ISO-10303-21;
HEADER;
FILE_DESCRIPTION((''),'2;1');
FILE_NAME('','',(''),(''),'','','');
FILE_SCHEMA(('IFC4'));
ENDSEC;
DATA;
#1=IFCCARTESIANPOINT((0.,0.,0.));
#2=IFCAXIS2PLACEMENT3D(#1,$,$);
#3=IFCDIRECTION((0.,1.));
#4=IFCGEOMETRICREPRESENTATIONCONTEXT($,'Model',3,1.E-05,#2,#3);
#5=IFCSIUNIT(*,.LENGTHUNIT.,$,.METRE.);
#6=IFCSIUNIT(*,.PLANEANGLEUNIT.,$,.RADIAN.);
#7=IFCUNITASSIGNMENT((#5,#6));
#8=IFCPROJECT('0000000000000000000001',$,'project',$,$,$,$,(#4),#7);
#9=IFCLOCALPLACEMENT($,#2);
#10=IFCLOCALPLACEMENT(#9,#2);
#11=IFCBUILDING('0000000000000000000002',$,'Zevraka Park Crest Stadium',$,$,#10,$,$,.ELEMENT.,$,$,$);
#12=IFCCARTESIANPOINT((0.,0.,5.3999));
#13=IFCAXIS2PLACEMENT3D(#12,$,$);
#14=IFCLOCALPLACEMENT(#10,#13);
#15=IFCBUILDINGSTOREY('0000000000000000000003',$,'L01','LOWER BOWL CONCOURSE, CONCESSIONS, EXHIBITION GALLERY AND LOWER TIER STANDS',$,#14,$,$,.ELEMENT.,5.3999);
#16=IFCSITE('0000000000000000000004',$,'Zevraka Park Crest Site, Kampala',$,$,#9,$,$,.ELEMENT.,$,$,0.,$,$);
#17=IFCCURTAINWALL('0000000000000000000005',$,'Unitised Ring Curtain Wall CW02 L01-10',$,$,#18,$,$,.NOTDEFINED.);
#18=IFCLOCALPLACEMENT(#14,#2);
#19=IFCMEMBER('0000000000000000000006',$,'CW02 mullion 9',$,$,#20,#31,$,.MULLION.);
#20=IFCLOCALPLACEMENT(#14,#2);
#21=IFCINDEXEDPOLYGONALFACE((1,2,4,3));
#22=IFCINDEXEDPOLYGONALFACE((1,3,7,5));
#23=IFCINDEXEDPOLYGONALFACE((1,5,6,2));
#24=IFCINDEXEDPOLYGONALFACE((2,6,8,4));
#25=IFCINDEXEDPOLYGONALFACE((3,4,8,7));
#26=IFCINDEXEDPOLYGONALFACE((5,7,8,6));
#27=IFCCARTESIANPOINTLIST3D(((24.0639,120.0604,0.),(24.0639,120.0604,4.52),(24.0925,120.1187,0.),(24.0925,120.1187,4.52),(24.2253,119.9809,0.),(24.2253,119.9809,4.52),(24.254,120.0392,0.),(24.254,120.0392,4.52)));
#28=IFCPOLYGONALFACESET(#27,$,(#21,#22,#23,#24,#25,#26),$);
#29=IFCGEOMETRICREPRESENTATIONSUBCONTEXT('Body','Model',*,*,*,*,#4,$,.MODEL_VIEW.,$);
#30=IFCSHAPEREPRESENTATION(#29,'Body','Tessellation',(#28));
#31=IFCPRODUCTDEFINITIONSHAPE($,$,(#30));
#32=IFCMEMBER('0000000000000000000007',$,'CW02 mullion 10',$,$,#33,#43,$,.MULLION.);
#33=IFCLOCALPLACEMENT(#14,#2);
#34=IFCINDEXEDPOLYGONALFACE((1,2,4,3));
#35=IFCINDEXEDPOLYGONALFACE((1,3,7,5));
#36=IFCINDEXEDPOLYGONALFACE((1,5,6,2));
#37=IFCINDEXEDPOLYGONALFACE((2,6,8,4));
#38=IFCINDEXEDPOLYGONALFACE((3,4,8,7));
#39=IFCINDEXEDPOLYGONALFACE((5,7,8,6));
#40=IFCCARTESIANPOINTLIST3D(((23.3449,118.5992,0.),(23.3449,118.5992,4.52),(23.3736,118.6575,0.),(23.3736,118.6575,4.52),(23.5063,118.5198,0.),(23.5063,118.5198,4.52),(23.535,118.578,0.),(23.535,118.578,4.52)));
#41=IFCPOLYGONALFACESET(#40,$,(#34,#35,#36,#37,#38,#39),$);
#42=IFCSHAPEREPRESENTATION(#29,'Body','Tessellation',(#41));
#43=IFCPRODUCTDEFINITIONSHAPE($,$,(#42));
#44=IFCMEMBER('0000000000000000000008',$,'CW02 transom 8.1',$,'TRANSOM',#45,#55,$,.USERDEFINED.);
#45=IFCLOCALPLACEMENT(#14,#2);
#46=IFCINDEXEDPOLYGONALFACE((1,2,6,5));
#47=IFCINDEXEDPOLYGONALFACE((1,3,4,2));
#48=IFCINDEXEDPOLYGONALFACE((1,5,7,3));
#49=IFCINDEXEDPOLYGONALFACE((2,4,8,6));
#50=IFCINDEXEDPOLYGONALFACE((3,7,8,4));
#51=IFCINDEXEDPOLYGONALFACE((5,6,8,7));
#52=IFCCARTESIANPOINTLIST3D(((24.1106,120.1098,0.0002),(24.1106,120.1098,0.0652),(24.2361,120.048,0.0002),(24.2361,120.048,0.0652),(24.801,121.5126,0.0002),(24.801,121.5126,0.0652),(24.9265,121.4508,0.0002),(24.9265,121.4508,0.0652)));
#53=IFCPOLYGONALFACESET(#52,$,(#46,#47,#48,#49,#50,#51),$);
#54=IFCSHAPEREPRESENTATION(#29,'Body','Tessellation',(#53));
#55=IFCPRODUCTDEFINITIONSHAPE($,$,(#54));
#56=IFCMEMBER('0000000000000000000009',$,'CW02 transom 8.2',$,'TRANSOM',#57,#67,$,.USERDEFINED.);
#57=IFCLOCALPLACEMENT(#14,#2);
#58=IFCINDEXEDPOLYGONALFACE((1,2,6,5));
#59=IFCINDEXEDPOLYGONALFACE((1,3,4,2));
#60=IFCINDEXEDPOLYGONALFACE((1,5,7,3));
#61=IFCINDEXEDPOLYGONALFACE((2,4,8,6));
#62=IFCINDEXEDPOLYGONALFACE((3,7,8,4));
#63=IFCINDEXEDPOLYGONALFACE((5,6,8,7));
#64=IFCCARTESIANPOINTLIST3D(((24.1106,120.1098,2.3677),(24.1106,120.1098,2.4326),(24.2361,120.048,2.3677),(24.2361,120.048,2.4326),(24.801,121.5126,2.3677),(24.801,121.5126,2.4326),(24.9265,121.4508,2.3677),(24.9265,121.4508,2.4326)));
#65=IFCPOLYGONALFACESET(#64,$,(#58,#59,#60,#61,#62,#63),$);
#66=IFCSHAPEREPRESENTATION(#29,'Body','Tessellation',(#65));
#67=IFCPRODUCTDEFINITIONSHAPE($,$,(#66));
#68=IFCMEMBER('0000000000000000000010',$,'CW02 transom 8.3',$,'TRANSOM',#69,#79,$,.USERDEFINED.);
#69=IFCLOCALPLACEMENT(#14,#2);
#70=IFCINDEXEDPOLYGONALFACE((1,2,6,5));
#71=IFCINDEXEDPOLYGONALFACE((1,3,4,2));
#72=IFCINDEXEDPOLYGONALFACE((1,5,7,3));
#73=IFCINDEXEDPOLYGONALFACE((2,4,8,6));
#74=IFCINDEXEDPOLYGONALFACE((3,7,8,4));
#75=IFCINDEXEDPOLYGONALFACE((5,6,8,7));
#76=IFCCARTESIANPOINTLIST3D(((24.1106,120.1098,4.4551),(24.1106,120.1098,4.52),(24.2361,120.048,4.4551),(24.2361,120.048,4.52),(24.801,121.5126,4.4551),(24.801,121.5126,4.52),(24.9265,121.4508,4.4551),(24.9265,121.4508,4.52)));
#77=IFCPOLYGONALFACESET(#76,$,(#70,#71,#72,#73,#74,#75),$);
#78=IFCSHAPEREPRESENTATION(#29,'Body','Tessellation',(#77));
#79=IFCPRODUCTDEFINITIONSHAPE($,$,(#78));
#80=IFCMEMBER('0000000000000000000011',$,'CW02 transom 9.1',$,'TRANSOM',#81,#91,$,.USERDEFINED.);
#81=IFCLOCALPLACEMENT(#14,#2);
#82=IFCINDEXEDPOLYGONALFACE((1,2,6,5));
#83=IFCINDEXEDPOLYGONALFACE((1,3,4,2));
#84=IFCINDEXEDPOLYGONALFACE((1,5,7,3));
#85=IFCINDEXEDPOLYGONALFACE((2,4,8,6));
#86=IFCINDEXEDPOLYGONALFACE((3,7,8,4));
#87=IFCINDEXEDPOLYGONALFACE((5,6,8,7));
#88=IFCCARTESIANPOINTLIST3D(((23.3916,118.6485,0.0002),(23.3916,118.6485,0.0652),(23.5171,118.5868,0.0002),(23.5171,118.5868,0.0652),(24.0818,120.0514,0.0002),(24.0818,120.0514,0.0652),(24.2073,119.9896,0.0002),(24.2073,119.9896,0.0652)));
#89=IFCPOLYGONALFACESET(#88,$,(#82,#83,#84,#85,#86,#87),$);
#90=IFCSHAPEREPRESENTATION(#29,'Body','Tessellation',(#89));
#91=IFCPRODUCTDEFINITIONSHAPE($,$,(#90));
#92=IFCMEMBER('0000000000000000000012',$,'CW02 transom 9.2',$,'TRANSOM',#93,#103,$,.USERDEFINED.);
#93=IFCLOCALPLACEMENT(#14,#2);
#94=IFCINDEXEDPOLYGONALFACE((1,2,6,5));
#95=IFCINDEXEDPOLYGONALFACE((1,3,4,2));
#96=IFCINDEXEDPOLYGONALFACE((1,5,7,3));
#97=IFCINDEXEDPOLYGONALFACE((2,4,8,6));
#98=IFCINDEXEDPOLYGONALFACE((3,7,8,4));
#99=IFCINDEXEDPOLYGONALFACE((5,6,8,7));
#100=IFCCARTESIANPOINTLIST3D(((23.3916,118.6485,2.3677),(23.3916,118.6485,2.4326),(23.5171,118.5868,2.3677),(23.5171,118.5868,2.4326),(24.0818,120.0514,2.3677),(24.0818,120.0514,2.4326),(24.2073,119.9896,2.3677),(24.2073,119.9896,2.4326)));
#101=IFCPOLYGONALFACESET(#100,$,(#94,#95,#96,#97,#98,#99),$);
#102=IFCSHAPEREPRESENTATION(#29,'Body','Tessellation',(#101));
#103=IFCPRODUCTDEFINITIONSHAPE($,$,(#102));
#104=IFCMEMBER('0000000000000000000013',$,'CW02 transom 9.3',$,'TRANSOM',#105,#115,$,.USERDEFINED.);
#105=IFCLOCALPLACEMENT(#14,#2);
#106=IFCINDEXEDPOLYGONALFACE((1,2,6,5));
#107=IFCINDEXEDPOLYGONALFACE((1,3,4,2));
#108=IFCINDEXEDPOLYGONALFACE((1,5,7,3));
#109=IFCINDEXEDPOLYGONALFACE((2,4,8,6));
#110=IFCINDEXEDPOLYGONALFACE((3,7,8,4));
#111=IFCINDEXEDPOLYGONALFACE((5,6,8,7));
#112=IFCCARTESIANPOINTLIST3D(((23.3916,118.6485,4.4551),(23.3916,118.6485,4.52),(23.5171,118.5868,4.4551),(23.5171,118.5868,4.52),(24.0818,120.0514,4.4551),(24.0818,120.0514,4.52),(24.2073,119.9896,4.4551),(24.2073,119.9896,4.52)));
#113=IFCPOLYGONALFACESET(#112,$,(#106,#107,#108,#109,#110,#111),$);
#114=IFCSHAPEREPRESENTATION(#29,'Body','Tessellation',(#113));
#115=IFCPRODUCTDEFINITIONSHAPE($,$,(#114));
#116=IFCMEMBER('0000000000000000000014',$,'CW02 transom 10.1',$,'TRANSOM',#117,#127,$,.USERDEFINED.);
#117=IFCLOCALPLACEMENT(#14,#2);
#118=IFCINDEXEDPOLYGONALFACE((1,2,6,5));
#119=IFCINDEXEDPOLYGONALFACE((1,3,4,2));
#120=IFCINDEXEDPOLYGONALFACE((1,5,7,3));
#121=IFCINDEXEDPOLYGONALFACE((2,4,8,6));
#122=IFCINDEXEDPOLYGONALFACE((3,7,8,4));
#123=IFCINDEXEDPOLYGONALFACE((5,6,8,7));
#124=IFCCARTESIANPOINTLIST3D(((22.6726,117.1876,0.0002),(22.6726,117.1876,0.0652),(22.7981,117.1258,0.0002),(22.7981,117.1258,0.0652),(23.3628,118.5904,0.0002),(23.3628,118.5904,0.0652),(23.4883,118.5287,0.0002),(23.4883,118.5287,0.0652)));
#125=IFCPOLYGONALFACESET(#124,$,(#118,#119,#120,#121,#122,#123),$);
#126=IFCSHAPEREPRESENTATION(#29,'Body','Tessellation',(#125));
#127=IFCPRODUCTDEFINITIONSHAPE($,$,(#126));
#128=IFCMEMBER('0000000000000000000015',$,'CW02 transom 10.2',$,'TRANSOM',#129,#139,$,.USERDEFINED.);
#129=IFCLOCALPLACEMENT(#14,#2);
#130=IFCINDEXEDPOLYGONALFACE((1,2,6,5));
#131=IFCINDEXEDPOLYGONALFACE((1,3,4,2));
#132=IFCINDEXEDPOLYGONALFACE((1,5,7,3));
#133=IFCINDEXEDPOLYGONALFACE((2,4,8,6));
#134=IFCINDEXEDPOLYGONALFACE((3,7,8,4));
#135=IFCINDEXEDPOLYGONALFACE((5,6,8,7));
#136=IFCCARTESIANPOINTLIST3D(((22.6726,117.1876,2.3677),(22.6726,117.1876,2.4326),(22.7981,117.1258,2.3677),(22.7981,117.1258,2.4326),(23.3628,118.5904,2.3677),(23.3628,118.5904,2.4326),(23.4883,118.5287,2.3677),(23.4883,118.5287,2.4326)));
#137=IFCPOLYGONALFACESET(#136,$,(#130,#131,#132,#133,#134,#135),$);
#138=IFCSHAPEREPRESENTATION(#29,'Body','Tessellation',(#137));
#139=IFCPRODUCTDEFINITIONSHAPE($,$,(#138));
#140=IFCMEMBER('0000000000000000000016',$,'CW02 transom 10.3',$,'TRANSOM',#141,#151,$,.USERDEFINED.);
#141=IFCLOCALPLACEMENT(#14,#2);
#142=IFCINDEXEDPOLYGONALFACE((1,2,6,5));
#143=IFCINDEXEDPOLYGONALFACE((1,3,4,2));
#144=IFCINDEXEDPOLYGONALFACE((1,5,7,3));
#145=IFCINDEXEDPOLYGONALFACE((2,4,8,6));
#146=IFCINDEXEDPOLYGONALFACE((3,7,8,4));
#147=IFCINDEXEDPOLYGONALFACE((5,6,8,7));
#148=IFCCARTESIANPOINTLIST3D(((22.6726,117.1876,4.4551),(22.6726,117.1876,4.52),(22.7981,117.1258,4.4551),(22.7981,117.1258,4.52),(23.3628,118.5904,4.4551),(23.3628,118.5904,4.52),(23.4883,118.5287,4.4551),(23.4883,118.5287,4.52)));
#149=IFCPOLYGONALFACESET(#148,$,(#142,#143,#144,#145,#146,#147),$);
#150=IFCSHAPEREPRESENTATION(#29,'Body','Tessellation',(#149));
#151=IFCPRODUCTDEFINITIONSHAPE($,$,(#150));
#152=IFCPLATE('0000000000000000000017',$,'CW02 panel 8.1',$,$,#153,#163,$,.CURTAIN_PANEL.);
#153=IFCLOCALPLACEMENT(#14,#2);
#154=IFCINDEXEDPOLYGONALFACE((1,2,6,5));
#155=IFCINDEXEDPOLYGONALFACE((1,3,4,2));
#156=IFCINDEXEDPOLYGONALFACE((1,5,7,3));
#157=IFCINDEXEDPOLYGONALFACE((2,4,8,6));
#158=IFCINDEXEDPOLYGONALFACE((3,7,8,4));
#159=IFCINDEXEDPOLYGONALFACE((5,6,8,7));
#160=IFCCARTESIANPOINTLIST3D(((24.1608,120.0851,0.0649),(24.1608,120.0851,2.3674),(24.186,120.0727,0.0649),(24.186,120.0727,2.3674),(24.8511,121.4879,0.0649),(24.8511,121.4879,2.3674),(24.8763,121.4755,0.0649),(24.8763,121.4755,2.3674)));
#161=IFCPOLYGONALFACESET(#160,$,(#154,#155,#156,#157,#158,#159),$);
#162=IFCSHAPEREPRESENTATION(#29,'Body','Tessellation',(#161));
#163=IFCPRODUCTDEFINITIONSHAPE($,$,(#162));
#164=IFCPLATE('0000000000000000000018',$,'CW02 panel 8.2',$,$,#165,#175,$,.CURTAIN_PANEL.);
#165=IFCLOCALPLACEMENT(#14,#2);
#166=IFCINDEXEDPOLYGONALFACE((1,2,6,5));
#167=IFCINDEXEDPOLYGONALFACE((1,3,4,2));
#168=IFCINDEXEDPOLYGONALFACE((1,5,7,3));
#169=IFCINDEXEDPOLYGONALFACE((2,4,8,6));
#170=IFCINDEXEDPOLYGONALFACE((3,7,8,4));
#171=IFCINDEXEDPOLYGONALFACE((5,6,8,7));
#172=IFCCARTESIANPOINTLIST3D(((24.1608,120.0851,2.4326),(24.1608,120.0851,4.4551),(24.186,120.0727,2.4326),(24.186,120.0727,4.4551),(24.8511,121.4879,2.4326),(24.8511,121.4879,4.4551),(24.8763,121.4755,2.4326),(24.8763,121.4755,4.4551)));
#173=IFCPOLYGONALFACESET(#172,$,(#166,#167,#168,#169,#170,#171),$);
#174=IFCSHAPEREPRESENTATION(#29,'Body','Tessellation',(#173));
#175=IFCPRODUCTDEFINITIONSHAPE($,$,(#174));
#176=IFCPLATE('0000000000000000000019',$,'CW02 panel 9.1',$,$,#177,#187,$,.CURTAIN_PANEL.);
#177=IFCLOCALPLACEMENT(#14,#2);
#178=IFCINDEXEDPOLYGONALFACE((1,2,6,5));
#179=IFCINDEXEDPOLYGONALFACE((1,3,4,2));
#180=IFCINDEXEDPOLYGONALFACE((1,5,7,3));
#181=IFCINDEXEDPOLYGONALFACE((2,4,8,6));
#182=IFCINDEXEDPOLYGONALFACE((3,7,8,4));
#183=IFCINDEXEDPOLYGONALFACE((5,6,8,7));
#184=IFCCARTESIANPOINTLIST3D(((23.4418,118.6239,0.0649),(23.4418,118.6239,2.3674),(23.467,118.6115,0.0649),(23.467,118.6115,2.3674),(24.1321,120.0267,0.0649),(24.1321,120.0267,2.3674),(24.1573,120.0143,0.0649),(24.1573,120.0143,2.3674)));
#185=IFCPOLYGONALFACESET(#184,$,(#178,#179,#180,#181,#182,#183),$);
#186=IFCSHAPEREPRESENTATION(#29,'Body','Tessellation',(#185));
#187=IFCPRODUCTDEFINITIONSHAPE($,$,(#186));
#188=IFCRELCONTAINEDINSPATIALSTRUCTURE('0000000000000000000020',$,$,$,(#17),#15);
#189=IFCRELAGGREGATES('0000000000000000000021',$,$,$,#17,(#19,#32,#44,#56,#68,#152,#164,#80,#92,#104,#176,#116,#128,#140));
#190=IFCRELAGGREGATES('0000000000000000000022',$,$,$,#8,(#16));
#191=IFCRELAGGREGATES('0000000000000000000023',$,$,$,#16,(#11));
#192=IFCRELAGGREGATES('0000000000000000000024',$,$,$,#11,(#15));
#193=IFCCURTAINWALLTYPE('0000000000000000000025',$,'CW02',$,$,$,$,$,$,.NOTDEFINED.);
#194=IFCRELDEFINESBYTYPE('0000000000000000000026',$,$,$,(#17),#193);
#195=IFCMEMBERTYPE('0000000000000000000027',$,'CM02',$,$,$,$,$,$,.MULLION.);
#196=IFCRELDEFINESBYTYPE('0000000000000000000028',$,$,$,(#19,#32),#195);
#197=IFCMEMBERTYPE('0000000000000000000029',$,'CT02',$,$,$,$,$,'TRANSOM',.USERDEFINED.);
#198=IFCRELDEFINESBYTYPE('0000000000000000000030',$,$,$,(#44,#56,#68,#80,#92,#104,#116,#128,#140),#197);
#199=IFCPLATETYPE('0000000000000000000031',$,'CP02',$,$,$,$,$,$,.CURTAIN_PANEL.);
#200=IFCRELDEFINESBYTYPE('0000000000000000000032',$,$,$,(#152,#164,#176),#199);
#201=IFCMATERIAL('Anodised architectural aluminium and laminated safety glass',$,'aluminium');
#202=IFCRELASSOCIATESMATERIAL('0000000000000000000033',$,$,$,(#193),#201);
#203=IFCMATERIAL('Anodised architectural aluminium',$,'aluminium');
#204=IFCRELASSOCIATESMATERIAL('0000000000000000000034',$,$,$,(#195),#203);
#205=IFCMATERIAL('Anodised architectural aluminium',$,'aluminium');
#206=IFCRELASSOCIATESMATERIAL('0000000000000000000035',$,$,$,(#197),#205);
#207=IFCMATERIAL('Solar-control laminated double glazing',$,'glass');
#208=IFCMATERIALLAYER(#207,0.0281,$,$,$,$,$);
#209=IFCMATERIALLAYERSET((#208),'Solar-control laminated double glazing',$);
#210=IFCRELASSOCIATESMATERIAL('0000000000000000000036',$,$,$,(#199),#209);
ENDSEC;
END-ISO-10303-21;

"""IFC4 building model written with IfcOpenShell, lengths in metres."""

from ifc_helpers import new_model, si_unit, direction, frame, origin, origin_2d, place, context, subcontext, project, spatial, rectangle, extrude, material, layer, layer_set, material_profile, profile_set, type_object, element, aggregate, save


model = new_model("IFC4")

# Units and contexts
model_context = context("Model", 3, precision=1e-05, world=origin(), true_north=direction((0.0, 1.0)))
body_context = subcontext(model_context, "Body", "Model", "MODEL_VIEW")
ifc_project = project(units=[si_unit("LENGTHUNIT", "METRE"), si_unit("PLANEANGLEUNIT", "RADIAN")], contexts=[model_context])

# Site, building, storey
site_placement = place(None, origin())
site = spatial("IfcSite", under=ifc_project, at=site_placement, Name="Zevraka Park Crest Site, Kampala", CompositionType="ELEMENT", RefElevation=0.0)
building_placement = place(site_placement, origin())
building = spatial("IfcBuilding", under=site, at=building_placement, Name="Zevraka Park Crest Stadium", CompositionType="ELEMENT")
storey_placement = place(building_placement, frame((0.0, 0.0, 5.3999)))
storey = spatial("IfcBuildingStorey", under=building, at=storey_placement, Name="L01", Description="LOWER BOWL CONCOURSE, CONCESSIONS, EXHIBITION GALLERY AND LOWER TIER STANDS", CompositionType="ELEMENT", Elevation=5.3999)

# Curtain wall, members, plates
ifc_material_1 = material(Name="Anodised architectural aluminium and laminated safety glass", Category="aluminium")
curtain_wall_type = type_object("IfcCurtainWallType", Name="CW02", PredefinedType="NOTDEFINED", material=ifc_material_1)
curtain_wall_placement = place(storey_placement, origin())
curtain_wall = element("IfcCurtainWall", 1, at=curtain_wall_placement, inside=storey, type_object=curtain_wall_type, Name="Unitised Ring Curtain Wall CW02 L01-10", PredefinedType="NOTDEFINED")
ifc_material_2 = material(Name="Anodised architectural aluminium", Category="aluminium")
ifc_material_profile_1 = material_profile(ifc_material_2, rectangle(XDim=0.1799, YDim=0.0649, at=origin_2d()), Name="ALU MULLION 180x65")
ifc_profile_set_1 = profile_set([ifc_material_profile_1], Name="Anodised architectural aluminium")
member_type_1 = type_object("IfcMemberType", Name="CM02", PredefinedType="MULLION", material=ifc_profile_set_1)
member_1_placement = place(storey_placement, frame((24.1589, 120.0498, 0.0), z_axis=(0.0, 0.0, 1.0), x_axis=(0.897253, -0.441517, 0.0)))
member_1 = element("IfcMember", 2, at=member_1_placement, type_object=member_type_1, Name="CW02 mullion 9", PredefinedType="MULLION", context=body_context, shape_type="SweptSolid", body=[
    extrude(rectangle(XDim=0.1799, YDim=0.0649, at=origin_2d()), origin(), (0.0, 0.0, 1.0), 4.52),
])
member_2_placement = place(storey_placement, frame((23.4399, 118.5886, 0.0), z_axis=(0.0, 0.0, 1.0), x_axis=(0.897253, -0.441517, 0.0)))
member_2 = element("IfcMember", 3, at=member_2_placement, type_object=member_type_1, Name="CW02 mullion 10", PredefinedType="MULLION", context=body_context, shape_type="SweptSolid", body=[
    extrude(rectangle(XDim=0.1799, YDim=0.0649, at=origin_2d()), origin(), (0.0, 0.0, 1.0), 4.52),
])
ifc_material_3 = material(Name="Anodised architectural aluminium", Category="aluminium")
ifc_material_profile_2 = material_profile(ifc_material_3, rectangle(XDim=0.1399, YDim=0.0649, at=origin_2d()), Name="ALU TRANSOM 140x65")
ifc_profile_set_2 = profile_set([ifc_material_profile_2], Name="Anodised architectural aluminium")
member_type_2 = type_object("IfcMemberType", Name="CT02", ElementType="TRANSOM", PredefinedType="USERDEFINED", material=ifc_profile_set_2)
member_3_placement = place(storey_placement, frame((24.8638, 121.4817, 0.0327), z_axis=(-0.441583, -0.89722, 0.0), x_axis=(0.89722, -0.441583, 0.0)))
member_3 = element("IfcMember", 4, at=member_3_placement, type_object=member_type_2, Name="CW02 transom 8.1", ObjectType="TRANSOM", PredefinedType="USERDEFINED", context=body_context, shape_type="SweptSolid", body=[
    extrude(rectangle(XDim=0.1399, YDim=0.0649, at=origin_2d()), origin(), (0.0, 0.0, 1.0), 1.5635),
])
member_4_placement = place(storey_placement, frame((24.8638, 121.4817, 2.4001), z_axis=(-0.441583, -0.89722, 0.0), x_axis=(0.89722, -0.441583, 0.0)))
member_4 = element("IfcMember", 5, at=member_4_placement, type_object=member_type_2, Name="CW02 transom 8.2", ObjectType="TRANSOM", PredefinedType="USERDEFINED", context=body_context, shape_type="SweptSolid", body=[
    extrude(rectangle(XDim=0.1399, YDim=0.0649, at=origin_2d()), origin(), (0.0, 0.0, 1.0), 1.5635),
])
member_5_placement = place(storey_placement, frame((24.8638, 121.4817, 4.4875), z_axis=(-0.441583, -0.89722, 0.0), x_axis=(0.89722, -0.441583, 0.0)))
member_5 = element("IfcMember", 6, at=member_5_placement, type_object=member_type_2, Name="CW02 transom 8.3", ObjectType="TRANSOM", PredefinedType="USERDEFINED", context=body_context, shape_type="SweptSolid", body=[
    extrude(rectangle(XDim=0.1399, YDim=0.0649, at=origin_2d()), origin(), (0.0, 0.0, 1.0), 1.5635),
])
member_6_placement = place(storey_placement, frame((24.1445, 120.0205, 0.0327), z_axis=(-0.441458, -0.897282, 0.0), x_axis=(0.897282, -0.441458, 0.0)))
member_6 = element("IfcMember", 7, at=member_6_placement, type_object=member_type_2, Name="CW02 transom 9.1", ObjectType="TRANSOM", PredefinedType="USERDEFINED", context=body_context, shape_type="SweptSolid", body=[
    extrude(rectangle(XDim=0.1399, YDim=0.0649, at=origin_2d()), origin(), (0.0, 0.0, 1.0), 1.5635),
])
member_7_placement = place(storey_placement, frame((24.1445, 120.0205, 2.4001), z_axis=(-0.441458, -0.897282, 0.0), x_axis=(0.897282, -0.441458, 0.0)))
member_7 = element("IfcMember", 8, at=member_7_placement, type_object=member_type_2, Name="CW02 transom 9.2", ObjectType="TRANSOM", PredefinedType="USERDEFINED", context=body_context, shape_type="SweptSolid", body=[
    extrude(rectangle(XDim=0.1399, YDim=0.0649, at=origin_2d()), origin(), (0.0, 0.0, 1.0), 1.5635),
])
member_8_placement = place(storey_placement, frame((24.1445, 120.0205, 4.4875), z_axis=(-0.441458, -0.897282, 0.0), x_axis=(0.897282, -0.441458, 0.0)))
member_8 = element("IfcMember", 9, at=member_8_placement, type_object=member_type_2, Name="CW02 transom 9.3", ObjectType="TRANSOM", PredefinedType="USERDEFINED", context=body_context, shape_type="SweptSolid", body=[
    extrude(rectangle(XDim=0.1399, YDim=0.0649, at=origin_2d()), origin(), (0.0, 0.0, 1.0), 1.5635),
])
member_9_placement = place(storey_placement, frame((23.4255, 118.5596, 0.0327), z_axis=(-0.441458, -0.897282, 0.0), x_axis=(0.897282, -0.441458, 0.0)))
member_9 = element("IfcMember", 10, at=member_9_placement, type_object=member_type_2, Name="CW02 transom 10.1", ObjectType="TRANSOM", PredefinedType="USERDEFINED", context=body_context, shape_type="SweptSolid", body=[
    extrude(rectangle(XDim=0.1399, YDim=0.0649, at=origin_2d()), origin(), (0.0, 0.0, 1.0), 1.5635),
])
member_10_placement = place(storey_placement, frame((23.4255, 118.5596, 2.4001), z_axis=(-0.441458, -0.897282, 0.0), x_axis=(0.897282, -0.441458, 0.0)))
member_10 = element("IfcMember", 11, at=member_10_placement, type_object=member_type_2, Name="CW02 transom 10.2", ObjectType="TRANSOM", PredefinedType="USERDEFINED", context=body_context, shape_type="SweptSolid", body=[
    extrude(rectangle(XDim=0.1399, YDim=0.0649, at=origin_2d()), origin(), (0.0, 0.0, 1.0), 1.5635),
])
member_11_placement = place(storey_placement, frame((23.4255, 118.5596, 4.4875), z_axis=(-0.441458, -0.897282, 0.0), x_axis=(0.897282, -0.441458, 0.0)))
member_11 = element("IfcMember", 12, at=member_11_placement, type_object=member_type_2, Name="CW02 transom 10.3", ObjectType="TRANSOM", PredefinedType="USERDEFINED", context=body_context, shape_type="SweptSolid", body=[
    extrude(rectangle(XDim=0.1399, YDim=0.0649, at=origin_2d()), origin(), (0.0, 0.0, 1.0), 1.5635),
])
ifc_material_4 = material(Name="Solar-control laminated double glazing", Category="glass")
ifc_layer_1 = layer(ifc_material_4, 0.0281)
ifc_layer_set_1 = layer_set([ifc_layer_1], Name="Solar-control laminated double glazing")
plate_type = type_object("IfcPlateType", Name="CP02", PredefinedType="CURTAIN_PANEL", material=ifc_layer_set_1)
plate_1_placement = place(storey_placement, frame((24.5186, 120.7803, 0.0649), z_axis=(0.0, 0.0, 1.0), x_axis=(-0.441517, -0.897253, 0.0)))
plate_1 = element("IfcPlate", 13, at=plate_1_placement, type_object=plate_type, Name="CW02 panel 8.1", PredefinedType="CURTAIN_PANEL", context=body_context, shape_type="SweptSolid", body=[
    extrude(rectangle(XDim=1.5635, YDim=0.0281, at=origin_2d()), origin(), (0.0, 0.0, 1.0), 2.3025),
])
plate_2_placement = place(storey_placement, frame((24.5186, 120.7803, 2.4326), z_axis=(0.0, 0.0, 1.0), x_axis=(-0.441517, -0.897253, 0.0)))
plate_2 = element("IfcPlate", 14, at=plate_2_placement, type_object=plate_type, Name="CW02 panel 8.2", PredefinedType="CURTAIN_PANEL", context=body_context, shape_type="SweptSolid", body=[
    extrude(rectangle(XDim=1.5635, YDim=0.0281, at=origin_2d()), origin(), (0.0, 0.0, 1.0), 2.0225),
])
plate_3_placement = place(storey_placement, frame((23.7996, 119.3191, 0.0649), z_axis=(0.0, 0.0, 1.0), x_axis=(-0.441517, -0.897253, 0.0)))
plate_3 = element("IfcPlate", 15, at=plate_3_placement, type_object=plate_type, Name="CW02 panel 9.1", PredefinedType="CURTAIN_PANEL", context=body_context, shape_type="SweptSolid", body=[
    extrude(rectangle(XDim=1.5635, YDim=0.0281, at=origin_2d()), origin(), (0.0, 0.0, 1.0), 2.3025),
])
aggregate(curtain_wall, [member_1, member_2, member_3, member_4, member_5, plate_1, plate_2, member_6, member_7, member_8, plate_3, member_9, member_10, member_11])

save(model, "model.ifc")
